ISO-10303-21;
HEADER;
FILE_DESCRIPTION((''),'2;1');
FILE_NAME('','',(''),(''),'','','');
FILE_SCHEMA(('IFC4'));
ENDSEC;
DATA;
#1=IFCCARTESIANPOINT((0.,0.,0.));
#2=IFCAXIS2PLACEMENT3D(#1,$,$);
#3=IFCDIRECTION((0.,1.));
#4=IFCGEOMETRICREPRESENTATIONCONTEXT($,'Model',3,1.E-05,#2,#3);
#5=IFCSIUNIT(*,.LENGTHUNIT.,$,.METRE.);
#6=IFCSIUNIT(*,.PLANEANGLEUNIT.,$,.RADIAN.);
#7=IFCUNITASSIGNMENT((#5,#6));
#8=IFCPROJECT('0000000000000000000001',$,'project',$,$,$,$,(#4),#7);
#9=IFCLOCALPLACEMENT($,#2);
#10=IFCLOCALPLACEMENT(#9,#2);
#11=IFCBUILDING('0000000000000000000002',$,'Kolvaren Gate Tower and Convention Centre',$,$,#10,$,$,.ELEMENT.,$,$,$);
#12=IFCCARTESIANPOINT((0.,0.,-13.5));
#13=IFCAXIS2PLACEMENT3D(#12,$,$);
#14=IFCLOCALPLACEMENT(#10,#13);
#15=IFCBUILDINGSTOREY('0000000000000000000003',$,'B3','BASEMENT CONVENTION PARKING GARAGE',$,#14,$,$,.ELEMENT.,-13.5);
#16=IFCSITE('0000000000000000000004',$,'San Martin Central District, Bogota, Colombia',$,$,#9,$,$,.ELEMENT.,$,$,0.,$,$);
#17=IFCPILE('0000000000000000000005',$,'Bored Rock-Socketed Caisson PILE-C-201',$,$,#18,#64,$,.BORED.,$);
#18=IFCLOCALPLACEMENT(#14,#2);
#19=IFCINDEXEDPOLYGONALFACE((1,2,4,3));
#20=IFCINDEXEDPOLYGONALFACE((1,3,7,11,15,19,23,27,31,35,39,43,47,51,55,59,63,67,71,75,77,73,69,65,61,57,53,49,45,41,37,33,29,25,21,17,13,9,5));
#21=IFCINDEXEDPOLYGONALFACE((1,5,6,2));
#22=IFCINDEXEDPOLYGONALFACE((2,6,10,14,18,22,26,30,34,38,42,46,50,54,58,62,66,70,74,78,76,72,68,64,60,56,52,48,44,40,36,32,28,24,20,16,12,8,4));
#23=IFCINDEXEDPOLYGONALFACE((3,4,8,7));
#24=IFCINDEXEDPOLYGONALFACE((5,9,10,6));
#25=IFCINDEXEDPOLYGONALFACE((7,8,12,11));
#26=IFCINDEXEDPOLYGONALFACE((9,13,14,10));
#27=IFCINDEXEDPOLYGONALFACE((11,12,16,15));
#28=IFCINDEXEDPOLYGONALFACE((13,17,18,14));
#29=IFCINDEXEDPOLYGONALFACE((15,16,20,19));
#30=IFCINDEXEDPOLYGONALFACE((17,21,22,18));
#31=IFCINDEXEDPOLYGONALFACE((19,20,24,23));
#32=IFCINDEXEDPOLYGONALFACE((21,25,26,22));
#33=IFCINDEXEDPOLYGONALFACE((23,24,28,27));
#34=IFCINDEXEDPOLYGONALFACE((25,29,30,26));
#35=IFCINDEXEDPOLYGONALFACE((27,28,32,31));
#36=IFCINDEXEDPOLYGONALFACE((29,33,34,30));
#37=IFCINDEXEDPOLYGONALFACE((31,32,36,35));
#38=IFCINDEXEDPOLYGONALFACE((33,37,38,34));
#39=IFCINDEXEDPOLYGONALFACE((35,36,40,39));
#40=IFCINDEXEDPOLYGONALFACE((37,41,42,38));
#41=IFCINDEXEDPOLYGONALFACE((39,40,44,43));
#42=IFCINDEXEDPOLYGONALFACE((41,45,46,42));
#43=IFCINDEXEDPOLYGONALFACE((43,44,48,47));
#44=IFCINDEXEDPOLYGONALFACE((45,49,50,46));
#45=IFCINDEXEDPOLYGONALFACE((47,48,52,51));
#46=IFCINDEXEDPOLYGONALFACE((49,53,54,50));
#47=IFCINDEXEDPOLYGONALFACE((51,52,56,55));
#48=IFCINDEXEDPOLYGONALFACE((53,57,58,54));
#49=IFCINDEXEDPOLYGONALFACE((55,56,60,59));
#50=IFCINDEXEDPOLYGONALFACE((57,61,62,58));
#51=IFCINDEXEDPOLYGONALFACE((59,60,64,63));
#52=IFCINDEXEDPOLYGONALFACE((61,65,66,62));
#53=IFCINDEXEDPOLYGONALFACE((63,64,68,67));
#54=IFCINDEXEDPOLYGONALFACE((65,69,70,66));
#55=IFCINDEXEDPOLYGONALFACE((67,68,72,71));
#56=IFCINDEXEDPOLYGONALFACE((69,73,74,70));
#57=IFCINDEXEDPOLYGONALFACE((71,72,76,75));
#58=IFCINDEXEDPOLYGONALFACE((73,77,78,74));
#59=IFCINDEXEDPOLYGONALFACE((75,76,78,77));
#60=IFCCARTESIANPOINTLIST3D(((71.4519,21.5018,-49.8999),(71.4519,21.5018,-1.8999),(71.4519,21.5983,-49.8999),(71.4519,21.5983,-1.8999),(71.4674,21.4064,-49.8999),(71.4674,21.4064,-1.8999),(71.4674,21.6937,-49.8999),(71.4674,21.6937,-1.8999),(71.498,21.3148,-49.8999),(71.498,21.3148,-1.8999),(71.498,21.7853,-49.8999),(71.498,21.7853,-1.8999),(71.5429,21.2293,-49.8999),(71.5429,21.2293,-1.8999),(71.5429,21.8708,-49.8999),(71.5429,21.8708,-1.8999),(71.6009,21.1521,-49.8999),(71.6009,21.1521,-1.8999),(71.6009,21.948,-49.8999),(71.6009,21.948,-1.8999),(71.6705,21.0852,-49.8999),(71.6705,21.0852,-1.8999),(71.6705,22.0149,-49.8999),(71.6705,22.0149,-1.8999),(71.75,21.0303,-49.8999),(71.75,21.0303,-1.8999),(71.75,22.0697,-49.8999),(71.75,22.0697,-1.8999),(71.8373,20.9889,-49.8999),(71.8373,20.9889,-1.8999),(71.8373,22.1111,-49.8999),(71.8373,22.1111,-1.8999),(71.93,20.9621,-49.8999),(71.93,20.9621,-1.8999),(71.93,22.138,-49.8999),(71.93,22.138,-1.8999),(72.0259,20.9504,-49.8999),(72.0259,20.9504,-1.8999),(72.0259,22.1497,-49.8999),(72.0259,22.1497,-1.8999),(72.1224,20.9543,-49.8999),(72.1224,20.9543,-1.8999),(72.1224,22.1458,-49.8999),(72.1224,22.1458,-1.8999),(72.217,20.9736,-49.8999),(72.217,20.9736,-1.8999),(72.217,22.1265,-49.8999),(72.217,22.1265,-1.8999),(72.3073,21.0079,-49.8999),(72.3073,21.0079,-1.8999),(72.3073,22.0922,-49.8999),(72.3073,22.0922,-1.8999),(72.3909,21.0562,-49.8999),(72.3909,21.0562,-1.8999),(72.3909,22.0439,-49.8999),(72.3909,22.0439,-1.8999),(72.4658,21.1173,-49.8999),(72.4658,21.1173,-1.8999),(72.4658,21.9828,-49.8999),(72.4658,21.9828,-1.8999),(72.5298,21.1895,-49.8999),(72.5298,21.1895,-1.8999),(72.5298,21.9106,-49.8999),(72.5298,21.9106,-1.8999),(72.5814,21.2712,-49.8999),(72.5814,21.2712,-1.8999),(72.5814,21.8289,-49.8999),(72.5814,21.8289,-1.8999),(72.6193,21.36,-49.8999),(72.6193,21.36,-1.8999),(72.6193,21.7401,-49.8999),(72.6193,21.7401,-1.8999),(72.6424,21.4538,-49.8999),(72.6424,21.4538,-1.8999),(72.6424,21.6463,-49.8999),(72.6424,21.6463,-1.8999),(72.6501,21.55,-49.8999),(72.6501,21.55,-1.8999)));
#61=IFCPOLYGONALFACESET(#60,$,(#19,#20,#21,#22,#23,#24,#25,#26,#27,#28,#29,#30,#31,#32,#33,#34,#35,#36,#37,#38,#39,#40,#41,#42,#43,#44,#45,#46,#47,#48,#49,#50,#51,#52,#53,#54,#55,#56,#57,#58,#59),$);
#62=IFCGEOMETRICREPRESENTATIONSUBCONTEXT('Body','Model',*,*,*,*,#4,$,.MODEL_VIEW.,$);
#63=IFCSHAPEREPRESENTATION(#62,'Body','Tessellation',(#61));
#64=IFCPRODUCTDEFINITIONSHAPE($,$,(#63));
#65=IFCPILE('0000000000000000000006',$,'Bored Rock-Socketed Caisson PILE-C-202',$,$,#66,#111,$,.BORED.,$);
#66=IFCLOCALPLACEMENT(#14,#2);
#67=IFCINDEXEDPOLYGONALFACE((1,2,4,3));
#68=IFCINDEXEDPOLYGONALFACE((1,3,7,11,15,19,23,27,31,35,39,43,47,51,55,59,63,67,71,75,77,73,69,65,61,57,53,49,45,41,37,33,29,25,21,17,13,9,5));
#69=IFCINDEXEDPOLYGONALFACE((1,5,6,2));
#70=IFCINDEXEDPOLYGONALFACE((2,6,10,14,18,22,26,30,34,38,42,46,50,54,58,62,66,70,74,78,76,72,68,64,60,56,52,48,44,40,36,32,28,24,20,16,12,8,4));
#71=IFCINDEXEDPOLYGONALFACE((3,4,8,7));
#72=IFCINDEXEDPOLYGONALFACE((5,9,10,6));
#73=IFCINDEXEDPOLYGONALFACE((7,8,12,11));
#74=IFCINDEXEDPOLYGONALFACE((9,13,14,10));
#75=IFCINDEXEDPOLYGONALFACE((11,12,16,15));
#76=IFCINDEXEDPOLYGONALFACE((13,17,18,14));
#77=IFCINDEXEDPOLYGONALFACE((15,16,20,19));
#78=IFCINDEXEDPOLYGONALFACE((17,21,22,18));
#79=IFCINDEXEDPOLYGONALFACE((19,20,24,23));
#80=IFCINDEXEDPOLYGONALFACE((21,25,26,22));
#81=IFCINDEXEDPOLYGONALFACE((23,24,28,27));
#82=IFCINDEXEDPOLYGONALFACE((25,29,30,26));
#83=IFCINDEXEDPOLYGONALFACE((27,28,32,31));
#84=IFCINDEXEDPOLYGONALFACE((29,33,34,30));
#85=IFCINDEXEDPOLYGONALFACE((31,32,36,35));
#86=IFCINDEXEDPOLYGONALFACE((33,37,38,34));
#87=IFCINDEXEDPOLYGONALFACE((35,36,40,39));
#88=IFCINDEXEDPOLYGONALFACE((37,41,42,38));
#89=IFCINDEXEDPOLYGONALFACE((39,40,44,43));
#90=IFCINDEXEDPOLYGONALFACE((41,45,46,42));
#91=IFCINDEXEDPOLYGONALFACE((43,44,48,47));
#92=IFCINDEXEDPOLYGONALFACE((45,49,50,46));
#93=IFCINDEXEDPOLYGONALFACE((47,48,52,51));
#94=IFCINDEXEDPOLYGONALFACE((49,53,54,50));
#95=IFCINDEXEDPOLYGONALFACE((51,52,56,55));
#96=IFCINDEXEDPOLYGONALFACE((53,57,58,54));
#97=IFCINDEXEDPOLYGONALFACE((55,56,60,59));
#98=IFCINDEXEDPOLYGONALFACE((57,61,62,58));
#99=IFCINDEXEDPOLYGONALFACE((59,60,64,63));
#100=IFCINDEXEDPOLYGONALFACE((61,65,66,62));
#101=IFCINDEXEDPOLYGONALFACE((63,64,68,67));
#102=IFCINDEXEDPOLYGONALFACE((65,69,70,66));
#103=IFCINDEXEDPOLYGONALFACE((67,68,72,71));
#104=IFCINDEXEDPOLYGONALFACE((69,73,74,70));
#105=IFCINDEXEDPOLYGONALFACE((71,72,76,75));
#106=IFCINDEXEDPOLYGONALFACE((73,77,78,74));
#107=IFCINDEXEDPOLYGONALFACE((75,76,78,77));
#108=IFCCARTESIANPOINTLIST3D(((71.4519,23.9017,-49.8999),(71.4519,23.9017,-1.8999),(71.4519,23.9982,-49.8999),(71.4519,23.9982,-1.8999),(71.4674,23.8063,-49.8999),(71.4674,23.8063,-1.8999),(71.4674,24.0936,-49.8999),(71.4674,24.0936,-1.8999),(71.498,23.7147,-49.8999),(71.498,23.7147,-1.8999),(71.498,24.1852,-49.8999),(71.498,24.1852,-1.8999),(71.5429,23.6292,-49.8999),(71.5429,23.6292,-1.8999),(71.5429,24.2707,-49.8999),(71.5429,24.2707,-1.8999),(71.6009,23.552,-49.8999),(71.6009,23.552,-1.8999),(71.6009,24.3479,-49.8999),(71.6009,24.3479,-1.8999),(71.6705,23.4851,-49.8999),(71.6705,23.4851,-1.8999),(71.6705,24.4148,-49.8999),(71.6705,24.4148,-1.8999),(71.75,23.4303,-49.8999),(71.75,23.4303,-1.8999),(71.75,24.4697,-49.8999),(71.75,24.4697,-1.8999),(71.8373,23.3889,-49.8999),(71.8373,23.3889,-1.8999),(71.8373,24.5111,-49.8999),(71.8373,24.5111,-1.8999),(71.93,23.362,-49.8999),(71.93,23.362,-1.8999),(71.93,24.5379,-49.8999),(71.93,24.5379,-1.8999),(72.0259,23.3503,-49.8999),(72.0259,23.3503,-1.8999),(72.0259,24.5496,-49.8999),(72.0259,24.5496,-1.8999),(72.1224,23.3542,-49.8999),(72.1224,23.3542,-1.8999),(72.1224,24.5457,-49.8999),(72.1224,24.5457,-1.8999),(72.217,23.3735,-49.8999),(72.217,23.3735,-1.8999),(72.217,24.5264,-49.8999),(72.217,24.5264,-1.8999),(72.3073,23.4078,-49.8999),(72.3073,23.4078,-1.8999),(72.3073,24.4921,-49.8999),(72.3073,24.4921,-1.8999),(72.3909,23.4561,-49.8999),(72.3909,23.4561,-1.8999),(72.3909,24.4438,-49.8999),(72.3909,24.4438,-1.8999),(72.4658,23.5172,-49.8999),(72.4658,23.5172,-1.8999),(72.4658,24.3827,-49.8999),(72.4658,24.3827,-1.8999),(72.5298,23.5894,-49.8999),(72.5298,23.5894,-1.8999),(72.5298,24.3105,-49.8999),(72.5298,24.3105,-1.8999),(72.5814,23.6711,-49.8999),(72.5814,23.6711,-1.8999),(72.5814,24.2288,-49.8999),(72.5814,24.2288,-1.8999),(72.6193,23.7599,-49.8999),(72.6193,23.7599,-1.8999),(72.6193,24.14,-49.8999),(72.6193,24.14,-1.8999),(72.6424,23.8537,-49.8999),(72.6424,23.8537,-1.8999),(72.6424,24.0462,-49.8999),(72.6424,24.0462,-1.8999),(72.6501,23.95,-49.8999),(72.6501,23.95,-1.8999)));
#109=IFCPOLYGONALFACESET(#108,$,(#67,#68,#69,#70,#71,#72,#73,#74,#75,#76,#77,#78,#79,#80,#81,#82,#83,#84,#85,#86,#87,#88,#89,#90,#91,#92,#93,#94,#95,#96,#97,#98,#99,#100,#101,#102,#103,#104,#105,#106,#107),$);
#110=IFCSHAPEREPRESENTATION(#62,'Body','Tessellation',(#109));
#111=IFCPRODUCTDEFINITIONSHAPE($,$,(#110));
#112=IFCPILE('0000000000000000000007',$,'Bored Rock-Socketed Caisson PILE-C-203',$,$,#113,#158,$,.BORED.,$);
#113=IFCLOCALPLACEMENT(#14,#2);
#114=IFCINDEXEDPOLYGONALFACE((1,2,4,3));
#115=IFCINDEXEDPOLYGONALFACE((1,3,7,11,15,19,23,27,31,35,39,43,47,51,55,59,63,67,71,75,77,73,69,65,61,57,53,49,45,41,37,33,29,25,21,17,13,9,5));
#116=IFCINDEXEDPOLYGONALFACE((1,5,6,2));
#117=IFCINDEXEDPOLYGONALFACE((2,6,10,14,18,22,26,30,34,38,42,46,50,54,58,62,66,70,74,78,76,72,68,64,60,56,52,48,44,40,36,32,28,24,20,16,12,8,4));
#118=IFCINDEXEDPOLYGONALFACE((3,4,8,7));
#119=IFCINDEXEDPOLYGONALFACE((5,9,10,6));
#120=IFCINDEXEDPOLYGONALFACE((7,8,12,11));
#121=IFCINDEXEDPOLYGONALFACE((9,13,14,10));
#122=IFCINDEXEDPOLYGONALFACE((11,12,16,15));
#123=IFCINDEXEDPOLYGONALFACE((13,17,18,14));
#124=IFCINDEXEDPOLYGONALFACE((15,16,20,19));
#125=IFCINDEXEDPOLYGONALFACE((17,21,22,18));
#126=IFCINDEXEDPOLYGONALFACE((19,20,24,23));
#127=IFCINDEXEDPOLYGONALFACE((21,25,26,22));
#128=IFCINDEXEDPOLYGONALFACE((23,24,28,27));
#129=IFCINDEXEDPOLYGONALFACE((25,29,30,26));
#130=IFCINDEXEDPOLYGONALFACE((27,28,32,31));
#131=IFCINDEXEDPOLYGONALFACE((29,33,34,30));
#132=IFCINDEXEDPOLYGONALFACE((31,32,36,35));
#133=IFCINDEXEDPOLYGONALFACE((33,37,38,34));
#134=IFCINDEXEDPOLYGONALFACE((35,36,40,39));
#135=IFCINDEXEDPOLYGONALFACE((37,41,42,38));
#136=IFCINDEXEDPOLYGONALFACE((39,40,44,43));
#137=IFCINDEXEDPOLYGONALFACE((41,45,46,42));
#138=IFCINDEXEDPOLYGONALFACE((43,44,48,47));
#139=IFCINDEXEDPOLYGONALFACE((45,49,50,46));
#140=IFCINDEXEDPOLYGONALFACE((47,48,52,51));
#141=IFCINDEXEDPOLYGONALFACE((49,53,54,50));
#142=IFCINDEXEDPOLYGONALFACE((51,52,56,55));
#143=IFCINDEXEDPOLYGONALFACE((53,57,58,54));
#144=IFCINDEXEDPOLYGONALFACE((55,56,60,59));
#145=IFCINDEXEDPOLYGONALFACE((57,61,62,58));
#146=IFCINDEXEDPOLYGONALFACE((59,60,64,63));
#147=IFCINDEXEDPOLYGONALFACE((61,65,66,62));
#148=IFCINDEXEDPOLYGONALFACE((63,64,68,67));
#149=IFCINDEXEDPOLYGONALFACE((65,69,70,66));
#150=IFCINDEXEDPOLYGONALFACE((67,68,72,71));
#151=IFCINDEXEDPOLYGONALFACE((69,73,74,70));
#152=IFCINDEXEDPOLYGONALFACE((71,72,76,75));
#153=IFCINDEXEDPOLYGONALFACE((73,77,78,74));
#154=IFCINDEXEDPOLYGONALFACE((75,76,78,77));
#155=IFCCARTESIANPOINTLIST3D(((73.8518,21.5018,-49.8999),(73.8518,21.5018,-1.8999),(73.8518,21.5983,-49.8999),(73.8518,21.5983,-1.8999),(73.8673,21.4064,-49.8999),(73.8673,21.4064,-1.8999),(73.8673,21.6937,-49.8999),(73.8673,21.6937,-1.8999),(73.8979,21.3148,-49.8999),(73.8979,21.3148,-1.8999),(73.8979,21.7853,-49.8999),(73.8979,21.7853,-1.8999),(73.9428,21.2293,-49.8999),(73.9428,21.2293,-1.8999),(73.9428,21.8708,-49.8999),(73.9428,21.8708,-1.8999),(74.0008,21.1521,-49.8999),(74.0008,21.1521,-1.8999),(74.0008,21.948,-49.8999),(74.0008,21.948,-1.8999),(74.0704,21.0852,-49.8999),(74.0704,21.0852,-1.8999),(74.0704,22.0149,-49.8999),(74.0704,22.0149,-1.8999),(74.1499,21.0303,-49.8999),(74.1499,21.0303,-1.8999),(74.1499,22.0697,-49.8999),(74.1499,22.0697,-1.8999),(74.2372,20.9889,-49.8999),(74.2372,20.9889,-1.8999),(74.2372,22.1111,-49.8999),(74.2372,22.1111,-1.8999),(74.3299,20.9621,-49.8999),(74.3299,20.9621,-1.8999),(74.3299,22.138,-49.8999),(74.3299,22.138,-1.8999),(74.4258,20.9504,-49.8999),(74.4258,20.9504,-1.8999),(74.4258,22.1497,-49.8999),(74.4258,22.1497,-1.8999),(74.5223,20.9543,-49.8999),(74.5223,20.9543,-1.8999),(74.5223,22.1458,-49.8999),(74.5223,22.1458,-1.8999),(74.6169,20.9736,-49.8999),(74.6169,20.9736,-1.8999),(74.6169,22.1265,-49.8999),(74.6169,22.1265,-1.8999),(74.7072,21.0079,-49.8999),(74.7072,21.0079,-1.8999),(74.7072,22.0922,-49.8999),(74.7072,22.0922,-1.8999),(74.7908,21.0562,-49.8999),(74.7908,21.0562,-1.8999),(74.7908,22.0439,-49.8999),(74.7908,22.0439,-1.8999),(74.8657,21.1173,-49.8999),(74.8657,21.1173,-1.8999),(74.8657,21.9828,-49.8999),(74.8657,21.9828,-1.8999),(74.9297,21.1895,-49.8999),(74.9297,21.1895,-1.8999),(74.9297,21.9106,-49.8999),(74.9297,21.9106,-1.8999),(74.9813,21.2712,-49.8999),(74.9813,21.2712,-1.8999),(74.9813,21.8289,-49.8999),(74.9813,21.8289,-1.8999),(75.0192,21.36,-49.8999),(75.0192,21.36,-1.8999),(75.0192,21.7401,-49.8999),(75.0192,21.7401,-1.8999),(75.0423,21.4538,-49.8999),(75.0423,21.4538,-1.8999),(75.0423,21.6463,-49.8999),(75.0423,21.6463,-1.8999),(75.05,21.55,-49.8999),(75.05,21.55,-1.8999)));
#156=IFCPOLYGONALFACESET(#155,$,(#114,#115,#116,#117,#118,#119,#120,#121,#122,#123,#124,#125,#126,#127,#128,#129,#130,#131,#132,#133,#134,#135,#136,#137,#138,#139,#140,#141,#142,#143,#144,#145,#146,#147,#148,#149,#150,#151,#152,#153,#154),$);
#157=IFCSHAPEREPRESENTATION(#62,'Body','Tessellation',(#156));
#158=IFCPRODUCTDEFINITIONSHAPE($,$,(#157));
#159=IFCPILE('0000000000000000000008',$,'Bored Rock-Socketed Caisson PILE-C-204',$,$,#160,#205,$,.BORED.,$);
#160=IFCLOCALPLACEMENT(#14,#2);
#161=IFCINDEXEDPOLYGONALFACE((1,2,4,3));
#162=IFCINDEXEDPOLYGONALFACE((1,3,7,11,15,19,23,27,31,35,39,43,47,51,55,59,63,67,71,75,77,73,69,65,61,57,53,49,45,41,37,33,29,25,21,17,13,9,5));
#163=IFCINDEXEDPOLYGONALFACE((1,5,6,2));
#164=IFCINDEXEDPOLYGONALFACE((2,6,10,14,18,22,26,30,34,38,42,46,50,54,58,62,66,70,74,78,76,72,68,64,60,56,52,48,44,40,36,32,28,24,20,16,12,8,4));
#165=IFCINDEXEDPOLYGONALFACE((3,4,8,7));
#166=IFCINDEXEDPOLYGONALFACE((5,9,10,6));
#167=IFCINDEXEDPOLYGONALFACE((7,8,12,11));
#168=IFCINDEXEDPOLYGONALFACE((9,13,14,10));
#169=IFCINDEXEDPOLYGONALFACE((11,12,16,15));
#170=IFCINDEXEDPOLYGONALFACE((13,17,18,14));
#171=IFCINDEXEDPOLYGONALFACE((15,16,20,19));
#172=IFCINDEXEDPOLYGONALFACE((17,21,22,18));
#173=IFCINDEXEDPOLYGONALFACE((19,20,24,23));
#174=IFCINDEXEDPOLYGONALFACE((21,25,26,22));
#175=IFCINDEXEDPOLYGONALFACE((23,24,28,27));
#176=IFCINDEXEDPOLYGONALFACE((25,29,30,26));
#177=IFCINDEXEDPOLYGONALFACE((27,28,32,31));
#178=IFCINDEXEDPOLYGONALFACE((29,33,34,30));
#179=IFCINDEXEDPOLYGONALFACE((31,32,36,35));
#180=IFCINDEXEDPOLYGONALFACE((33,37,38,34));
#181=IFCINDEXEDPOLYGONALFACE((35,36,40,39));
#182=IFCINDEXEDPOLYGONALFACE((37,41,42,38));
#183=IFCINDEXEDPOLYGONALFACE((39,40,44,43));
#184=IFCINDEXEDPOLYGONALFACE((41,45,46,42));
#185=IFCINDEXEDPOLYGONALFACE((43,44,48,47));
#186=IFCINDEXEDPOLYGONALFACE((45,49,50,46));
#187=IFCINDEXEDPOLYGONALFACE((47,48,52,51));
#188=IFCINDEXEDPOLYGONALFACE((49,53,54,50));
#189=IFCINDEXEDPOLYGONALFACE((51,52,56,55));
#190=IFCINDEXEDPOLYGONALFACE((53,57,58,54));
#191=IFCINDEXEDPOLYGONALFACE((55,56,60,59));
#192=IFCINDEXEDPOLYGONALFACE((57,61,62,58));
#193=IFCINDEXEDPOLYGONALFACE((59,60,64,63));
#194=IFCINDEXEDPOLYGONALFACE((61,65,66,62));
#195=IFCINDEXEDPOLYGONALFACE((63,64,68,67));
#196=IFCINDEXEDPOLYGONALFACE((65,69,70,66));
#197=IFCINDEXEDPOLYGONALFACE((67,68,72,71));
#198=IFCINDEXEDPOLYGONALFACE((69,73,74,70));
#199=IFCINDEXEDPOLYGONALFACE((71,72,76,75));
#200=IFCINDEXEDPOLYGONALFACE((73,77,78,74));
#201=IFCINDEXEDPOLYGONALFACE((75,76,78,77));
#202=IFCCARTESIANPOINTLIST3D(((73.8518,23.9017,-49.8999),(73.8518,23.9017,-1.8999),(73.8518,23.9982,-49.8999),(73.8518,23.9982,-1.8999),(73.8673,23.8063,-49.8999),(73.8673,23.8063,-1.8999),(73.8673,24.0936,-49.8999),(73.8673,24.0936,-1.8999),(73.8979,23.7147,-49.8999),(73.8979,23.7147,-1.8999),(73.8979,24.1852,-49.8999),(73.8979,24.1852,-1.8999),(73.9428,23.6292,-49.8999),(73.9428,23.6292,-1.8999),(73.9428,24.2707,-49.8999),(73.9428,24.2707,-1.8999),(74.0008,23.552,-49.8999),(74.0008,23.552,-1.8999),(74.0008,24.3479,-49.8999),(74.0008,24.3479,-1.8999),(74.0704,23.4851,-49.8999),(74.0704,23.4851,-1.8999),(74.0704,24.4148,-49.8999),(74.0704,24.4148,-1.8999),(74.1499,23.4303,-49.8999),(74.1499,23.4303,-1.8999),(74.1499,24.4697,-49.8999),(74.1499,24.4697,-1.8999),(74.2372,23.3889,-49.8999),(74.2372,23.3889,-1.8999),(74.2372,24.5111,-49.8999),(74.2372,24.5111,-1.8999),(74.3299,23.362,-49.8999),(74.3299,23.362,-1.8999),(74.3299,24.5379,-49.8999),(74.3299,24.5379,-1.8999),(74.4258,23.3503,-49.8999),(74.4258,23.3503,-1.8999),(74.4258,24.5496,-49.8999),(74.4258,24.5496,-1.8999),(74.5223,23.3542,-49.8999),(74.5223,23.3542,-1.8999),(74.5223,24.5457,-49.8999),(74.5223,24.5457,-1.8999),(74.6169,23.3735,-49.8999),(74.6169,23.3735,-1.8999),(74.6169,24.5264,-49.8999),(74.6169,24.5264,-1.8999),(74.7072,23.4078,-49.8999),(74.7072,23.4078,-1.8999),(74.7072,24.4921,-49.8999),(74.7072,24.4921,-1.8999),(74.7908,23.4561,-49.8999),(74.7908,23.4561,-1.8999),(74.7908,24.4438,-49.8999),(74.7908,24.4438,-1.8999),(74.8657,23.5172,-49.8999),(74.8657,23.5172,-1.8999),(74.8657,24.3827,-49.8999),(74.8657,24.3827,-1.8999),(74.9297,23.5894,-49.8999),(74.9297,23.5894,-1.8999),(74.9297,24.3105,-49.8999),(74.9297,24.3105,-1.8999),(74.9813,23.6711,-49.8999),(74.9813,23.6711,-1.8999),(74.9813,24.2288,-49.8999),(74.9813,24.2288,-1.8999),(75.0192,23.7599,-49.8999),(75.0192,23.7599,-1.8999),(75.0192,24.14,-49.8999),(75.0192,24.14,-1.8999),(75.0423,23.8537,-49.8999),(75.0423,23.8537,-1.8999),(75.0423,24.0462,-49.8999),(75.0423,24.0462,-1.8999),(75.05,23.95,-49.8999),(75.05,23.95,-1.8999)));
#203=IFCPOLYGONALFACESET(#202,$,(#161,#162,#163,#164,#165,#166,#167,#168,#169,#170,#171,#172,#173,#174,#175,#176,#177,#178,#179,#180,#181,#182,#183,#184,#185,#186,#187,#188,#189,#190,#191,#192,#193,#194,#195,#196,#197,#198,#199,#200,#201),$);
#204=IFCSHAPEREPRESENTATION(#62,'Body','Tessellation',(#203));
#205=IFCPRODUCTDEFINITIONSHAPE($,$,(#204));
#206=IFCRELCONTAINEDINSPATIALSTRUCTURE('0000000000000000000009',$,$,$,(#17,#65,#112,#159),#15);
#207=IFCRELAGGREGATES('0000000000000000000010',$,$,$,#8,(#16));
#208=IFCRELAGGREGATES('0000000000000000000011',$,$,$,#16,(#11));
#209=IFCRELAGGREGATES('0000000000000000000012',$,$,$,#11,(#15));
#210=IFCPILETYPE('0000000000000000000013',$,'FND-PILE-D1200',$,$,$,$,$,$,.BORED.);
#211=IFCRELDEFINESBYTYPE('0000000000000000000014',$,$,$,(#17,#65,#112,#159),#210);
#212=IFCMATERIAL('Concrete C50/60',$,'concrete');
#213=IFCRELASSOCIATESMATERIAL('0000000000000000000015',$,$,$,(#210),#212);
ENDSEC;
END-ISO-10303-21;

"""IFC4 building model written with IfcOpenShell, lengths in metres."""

from ifc_helpers import new_model, si_unit, direction, frame, origin, origin_2d, place, context, subcontext, project, spatial, circle, extrude, material, material_profile, profile_set, type_object, element, save


model = new_model("IFC4")

# Units and contexts
model_context = context("Model", 3, precision=1e-05, world=origin(), true_north=direction((0.0, 1.0)))
body_context = subcontext(model_context, "Body", "Model", "MODEL_VIEW")
ifc_project = project(units=[si_unit("LENGTHUNIT", "METRE"), si_unit("PLANEANGLEUNIT", "RADIAN")], contexts=[model_context])

# Site, building, storey
site_placement = place(None, origin())
site = spatial("IfcSite", under=ifc_project, at=site_placement, Name="San Martin Central District, Bogota, Colombia", CompositionType="ELEMENT", RefElevation=0.0)
building_placement = place(site_placement, origin())
building = spatial("IfcBuilding", under=site, at=building_placement, Name="Kolvaren Gate Tower and Convention Centre", CompositionType="ELEMENT")
storey_placement = place(building_placement, frame((0.0, 0.0, -13.5)))
storey = spatial("IfcBuildingStorey", under=building, at=storey_placement, Name="B3", Description="BASEMENT CONVENTION PARKING GARAGE", CompositionType="ELEMENT", Elevation=-13.5)

# Shared definitions
ifc_material_1 = material(Name="Concrete C50/60", Category="concrete")

# Piles
ifc_material_profile_1 = material_profile(ifc_material_1, circle(Radius=0.6001, at=origin_2d()), Name="CAISSON-D1200")
ifc_profile_set_1 = profile_set([ifc_material_profile_1], Name="Concrete C50/60")
pile_type = type_object("IfcPileType", Name="FND-PILE-D1200", PredefinedType="BORED", material=ifc_profile_set_1)
for number, where, z_axis, x_axis, name in (
    (1, (72.05, 21.55, -1.8999), (0.0, 0.0, -1.0), (1.0, 0.0, 0.0), "Bored Rock-Socketed Caisson PILE-C-201"),
    (2, (72.05, 23.95, -1.8999), (0.0, 0.0, -1.0), (1.0, 0.0, 0.0), "Bored Rock-Socketed Caisson PILE-C-202"),
    (3, (74.45, 21.55, -1.8999), (0.0, 0.0, -1.0), (1.0, 0.0, 0.0), "Bored Rock-Socketed Caisson PILE-C-203"),
    (4, (74.45, 23.95, -1.8999), (0.0, 0.0, -1.0), (1.0, 0.0, 0.0), "Bored Rock-Socketed Caisson PILE-C-204"),
):
    element("IfcPile", number, at=place(storey_placement, frame(where, z_axis=z_axis, x_axis=x_axis)), inside=storey, type_object=pile_type, Name=name, PredefinedType="BORED", context=body_context, shape_type="SweptSolid", body=[
        extrude(circle(Radius=0.6001, at=origin_2d()), origin(), (0.0, 0.0, 1.0), 48.0),
    ])

save(model, "model.ifc")
